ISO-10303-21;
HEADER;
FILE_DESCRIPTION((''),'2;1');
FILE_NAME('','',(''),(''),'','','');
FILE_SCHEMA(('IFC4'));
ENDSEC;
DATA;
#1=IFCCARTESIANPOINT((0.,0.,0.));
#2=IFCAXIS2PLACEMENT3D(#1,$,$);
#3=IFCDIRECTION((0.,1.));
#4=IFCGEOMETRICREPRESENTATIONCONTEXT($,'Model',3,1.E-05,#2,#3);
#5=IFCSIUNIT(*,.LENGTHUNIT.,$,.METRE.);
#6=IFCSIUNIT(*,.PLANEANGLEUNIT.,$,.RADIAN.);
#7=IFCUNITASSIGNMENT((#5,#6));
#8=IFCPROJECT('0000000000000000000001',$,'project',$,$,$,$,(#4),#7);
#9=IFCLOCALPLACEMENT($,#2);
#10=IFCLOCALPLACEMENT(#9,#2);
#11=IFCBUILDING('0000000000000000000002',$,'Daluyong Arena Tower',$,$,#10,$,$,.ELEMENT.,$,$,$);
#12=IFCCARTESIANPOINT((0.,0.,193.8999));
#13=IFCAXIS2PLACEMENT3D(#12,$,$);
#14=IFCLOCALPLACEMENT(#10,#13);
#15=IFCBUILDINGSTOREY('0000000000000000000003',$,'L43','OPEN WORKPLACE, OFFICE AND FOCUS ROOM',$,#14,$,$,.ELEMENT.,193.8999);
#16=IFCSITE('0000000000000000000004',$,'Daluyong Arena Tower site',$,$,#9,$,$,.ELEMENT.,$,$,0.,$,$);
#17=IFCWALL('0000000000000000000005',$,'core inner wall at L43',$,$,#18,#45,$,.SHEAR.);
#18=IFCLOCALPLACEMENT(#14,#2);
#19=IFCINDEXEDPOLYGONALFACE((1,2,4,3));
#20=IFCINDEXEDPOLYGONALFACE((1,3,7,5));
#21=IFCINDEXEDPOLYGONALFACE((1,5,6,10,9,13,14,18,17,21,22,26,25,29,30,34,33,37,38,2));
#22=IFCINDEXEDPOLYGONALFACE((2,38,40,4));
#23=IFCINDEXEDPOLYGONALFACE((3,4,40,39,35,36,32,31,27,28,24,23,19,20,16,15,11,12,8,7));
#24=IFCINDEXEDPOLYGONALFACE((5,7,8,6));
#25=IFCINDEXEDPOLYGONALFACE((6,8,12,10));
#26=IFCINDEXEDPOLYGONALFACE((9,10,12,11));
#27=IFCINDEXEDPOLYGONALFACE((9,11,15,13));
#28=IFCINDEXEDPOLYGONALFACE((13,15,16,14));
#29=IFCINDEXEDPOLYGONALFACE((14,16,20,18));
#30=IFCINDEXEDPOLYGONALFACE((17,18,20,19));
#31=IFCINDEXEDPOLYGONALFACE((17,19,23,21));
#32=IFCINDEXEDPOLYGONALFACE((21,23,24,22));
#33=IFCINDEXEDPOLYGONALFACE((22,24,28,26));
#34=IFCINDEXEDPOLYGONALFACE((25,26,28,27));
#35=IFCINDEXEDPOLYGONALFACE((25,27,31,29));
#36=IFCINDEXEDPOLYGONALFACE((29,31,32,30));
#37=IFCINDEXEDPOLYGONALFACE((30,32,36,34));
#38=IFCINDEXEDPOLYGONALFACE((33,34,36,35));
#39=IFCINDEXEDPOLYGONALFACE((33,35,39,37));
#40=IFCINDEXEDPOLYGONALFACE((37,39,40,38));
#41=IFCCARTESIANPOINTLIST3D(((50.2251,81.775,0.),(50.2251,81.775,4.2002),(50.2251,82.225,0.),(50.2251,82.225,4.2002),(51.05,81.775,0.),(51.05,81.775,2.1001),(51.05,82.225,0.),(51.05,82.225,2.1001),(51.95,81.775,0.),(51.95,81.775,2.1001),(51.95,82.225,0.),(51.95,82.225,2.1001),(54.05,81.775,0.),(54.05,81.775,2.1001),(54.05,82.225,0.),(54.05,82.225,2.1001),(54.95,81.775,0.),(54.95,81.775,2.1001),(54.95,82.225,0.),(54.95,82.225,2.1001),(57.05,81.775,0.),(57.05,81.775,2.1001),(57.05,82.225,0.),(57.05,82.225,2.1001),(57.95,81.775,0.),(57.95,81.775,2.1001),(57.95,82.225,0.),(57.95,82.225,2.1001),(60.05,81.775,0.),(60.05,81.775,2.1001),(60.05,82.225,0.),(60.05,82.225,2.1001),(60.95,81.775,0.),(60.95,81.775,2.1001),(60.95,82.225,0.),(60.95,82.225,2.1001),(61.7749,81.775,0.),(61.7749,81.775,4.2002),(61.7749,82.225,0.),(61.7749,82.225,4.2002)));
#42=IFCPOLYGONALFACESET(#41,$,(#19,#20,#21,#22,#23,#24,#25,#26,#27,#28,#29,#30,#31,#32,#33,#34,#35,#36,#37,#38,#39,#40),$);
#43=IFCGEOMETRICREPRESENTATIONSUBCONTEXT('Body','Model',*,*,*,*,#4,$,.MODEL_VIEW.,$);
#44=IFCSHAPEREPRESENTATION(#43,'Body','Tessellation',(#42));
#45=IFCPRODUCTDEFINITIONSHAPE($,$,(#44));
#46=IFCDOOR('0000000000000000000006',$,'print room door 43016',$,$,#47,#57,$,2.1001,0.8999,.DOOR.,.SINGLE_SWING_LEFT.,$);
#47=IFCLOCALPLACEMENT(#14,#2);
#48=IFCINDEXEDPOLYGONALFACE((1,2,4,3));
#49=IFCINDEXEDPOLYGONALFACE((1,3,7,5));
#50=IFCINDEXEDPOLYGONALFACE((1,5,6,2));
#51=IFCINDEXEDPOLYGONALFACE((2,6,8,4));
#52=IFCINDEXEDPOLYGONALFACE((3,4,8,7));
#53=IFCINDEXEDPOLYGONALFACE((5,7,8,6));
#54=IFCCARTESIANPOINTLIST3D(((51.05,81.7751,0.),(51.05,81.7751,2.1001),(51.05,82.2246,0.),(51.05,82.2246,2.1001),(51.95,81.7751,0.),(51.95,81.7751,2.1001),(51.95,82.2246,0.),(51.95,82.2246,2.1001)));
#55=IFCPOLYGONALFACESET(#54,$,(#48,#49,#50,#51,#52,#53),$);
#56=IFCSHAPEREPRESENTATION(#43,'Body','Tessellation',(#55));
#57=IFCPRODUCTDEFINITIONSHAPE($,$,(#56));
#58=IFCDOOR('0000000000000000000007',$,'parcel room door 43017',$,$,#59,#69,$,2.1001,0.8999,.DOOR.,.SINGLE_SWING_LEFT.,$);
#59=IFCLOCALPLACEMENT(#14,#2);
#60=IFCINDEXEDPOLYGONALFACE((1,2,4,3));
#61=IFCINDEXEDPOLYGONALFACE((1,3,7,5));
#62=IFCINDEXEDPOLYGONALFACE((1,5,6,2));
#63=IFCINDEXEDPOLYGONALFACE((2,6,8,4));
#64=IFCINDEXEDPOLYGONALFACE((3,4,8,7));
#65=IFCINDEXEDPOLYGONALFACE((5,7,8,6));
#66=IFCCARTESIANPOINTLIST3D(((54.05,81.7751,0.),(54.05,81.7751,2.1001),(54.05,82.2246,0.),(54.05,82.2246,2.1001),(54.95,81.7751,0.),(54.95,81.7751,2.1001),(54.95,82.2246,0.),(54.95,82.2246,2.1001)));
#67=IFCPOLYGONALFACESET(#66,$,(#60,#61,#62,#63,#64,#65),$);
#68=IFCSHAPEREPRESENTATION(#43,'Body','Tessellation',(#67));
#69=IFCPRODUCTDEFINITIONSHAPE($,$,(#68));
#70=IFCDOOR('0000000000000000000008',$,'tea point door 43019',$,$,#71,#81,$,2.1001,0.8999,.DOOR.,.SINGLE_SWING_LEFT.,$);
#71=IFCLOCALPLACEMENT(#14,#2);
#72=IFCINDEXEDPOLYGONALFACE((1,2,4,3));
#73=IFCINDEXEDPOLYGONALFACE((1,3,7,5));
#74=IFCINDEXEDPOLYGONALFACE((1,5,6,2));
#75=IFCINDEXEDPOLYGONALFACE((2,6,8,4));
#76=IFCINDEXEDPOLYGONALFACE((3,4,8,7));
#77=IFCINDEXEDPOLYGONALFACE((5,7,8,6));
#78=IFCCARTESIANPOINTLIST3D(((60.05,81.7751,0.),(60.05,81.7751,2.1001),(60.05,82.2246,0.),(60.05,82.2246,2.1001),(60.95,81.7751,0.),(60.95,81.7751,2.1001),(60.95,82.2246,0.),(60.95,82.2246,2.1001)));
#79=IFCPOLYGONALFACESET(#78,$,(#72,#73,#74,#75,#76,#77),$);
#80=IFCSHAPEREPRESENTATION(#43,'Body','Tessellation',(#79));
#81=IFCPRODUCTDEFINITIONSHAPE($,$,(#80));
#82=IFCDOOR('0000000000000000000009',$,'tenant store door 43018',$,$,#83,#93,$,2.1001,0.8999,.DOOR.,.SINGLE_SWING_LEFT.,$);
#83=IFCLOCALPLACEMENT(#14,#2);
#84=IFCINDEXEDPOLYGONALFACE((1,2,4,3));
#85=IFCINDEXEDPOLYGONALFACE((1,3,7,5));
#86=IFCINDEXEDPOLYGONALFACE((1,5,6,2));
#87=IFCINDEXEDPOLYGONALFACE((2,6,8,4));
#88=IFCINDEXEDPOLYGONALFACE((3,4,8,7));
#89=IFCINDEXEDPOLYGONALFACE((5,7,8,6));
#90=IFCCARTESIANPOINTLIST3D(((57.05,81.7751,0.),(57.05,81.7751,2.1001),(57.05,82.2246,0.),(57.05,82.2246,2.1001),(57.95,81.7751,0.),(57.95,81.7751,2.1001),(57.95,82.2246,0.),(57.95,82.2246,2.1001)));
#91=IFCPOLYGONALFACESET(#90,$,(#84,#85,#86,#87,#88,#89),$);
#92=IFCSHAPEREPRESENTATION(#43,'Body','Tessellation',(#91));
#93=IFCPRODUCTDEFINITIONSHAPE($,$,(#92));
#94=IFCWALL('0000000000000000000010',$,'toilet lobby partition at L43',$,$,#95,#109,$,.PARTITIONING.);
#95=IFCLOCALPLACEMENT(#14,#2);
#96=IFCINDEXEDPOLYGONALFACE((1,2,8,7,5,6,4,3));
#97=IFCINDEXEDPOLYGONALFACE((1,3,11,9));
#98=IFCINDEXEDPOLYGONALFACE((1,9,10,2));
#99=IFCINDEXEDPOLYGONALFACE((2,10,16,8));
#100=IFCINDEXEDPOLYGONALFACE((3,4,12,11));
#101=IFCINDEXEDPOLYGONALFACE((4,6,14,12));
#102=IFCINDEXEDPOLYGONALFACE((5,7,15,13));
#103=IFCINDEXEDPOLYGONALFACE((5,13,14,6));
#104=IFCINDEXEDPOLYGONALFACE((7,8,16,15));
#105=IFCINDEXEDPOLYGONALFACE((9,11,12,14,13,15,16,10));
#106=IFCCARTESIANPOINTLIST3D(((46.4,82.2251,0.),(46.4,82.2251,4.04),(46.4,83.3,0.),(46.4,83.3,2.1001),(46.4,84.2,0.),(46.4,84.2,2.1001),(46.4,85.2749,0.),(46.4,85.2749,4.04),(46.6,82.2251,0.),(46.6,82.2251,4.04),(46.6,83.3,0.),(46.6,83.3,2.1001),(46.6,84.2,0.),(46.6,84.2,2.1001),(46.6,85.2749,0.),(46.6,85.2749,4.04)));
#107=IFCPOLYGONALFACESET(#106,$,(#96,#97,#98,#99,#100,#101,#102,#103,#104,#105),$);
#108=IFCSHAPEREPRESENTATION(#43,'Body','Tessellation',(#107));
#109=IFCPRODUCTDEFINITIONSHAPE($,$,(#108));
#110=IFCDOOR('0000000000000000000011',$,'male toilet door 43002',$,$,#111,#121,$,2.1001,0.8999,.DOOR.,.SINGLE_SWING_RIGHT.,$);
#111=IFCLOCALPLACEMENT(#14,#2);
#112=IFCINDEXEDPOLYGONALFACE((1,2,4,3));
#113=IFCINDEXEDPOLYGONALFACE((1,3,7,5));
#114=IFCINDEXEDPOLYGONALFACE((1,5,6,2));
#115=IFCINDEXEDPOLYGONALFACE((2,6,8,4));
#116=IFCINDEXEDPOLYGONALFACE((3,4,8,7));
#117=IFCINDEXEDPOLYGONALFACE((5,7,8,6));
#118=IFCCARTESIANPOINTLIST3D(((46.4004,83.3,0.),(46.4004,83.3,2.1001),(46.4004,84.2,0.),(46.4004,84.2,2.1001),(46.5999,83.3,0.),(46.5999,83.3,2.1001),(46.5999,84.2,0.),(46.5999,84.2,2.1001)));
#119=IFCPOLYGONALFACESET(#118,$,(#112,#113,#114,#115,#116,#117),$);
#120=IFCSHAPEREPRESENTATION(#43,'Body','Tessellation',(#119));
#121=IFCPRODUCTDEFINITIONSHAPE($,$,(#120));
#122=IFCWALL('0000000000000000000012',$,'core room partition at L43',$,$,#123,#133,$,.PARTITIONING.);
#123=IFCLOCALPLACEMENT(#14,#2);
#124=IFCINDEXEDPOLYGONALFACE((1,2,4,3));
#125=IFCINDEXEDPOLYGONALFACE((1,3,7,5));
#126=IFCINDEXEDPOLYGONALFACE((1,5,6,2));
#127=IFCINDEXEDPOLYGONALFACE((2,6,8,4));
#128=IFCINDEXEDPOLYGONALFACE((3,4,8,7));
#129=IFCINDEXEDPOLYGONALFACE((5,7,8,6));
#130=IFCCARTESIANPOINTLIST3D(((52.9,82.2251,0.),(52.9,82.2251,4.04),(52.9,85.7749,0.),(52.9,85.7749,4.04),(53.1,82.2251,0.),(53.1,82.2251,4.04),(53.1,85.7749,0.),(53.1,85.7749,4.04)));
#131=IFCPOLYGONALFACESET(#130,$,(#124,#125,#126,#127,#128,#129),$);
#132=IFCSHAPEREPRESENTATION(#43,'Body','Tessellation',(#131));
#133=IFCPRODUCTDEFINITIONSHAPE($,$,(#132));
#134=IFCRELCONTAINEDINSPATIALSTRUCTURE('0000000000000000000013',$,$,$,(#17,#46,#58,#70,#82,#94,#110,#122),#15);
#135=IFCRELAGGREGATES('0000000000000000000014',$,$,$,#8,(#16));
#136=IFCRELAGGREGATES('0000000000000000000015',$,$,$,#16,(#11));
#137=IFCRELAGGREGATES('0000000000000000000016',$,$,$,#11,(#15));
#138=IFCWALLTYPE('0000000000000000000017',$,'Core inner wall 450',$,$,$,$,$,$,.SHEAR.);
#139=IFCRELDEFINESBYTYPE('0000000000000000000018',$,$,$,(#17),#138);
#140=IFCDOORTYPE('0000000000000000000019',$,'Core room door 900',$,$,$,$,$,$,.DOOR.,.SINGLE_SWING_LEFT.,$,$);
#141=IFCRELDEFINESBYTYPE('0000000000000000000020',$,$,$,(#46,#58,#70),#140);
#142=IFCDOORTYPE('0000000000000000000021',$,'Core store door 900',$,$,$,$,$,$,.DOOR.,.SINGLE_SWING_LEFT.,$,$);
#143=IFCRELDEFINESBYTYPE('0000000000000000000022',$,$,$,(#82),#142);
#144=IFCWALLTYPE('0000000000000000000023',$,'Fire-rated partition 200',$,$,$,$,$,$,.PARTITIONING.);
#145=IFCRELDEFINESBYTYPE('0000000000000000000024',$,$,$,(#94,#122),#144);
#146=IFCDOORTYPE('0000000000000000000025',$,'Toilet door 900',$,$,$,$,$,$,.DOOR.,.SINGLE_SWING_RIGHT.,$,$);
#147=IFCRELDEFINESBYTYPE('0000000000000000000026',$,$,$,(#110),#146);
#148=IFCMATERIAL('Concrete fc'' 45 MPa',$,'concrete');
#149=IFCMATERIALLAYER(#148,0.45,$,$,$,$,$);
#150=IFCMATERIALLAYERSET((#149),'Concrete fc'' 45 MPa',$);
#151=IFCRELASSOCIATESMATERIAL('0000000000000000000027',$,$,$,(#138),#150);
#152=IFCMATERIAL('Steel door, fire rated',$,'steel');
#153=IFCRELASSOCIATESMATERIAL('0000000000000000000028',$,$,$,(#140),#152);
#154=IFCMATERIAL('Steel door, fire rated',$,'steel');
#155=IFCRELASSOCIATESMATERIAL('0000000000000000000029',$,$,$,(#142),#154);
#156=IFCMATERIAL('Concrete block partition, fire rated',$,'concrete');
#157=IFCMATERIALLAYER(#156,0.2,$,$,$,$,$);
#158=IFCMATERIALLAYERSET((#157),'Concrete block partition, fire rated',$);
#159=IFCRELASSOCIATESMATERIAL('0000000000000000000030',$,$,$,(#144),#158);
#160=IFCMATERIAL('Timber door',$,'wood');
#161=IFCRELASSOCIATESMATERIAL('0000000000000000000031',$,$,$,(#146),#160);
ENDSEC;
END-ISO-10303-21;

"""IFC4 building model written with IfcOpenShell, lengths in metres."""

from ifc_helpers import new_model, si_unit, direction, frame, frame_2d, origin, place, context, subcontext, project, spatial, rectangle, extrude, material, layer, layer_set, type_object, element, fill, save


model = new_model("IFC4")

# Units and contexts
model_context = context("Model", 3, precision=1e-05, world=origin(), true_north=direction((0.0, 1.0)))
body_context = subcontext(model_context, "Body", "Model", "MODEL_VIEW")
ifc_project = project(units=[si_unit("LENGTHUNIT", "METRE"), si_unit("PLANEANGLEUNIT", "RADIAN")], contexts=[model_context])

# Site, building, storey
site_placement = place(None, origin())
site = spatial("IfcSite", under=ifc_project, at=site_placement, Name="Daluyong Arena Tower site", CompositionType="ELEMENT", RefElevation=0.0)
building_placement = place(site_placement, origin())
building = spatial("IfcBuilding", under=site, at=building_placement, Name="Daluyong Arena Tower", CompositionType="ELEMENT")
storey_placement = place(building_placement, frame((0.0, 0.0, 193.8999)))
storey = spatial("IfcBuildingStorey", under=building, at=storey_placement, Name="L43", Description="OPEN WORKPLACE, OFFICE AND FOCUS ROOM", CompositionType="ELEMENT", Elevation=193.8999)

# Wall, openings, doors
ifc_material_1 = material(Name="Concrete fc' 45 MPa", Category="concrete")
ifc_layer_1 = layer(ifc_material_1, 0.45)
ifc_layer_set_1 = layer_set([ifc_layer_1], Name="Concrete fc' 45 MPa")
wall_type_1 = type_object("IfcWallType", Name="Core inner wall 450", PredefinedType="SHEAR", material=ifc_layer_set_1)
ifc_material_2 = material(Name="Steel door, fire rated", Category="steel")
door_type_1 = type_object("IfcDoorType", Name="Core room door 900", OperationType="SINGLE_SWING_LEFT", PredefinedType="DOOR", material=ifc_material_2)
ifc_material_3 = material(Name="Steel door, fire rated", Category="steel")
door_type_2 = type_object("IfcDoorType", Name="Core store door 900", OperationType="SINGLE_SWING_LEFT", PredefinedType="DOOR", material=ifc_material_3)
wall_1_placement = place(storey_placement, frame((50.2251, 82.0, 0.0), z_axis=(0.0, 0.0, 1.0), x_axis=(1.0, 0.0, 0.0)))
wall_1 = element("IfcWall", 1, at=wall_1_placement, inside=storey, type_object=wall_type_1, Name="core inner wall at L43", PredefinedType="SHEAR", context=body_context, shape_type="SweptSolid", body=[
    extrude(rectangle(XDim=11.5498, YDim=0.45, at=frame_2d((5.7749, 0.0))), origin(), (0.0, 0.0, 1.0), 4.2002),
])
opening_1_placement = place(wall_1_placement, frame((0.825, 0.0, 0.0)))
opening_1 = element("IfcOpeningElement", 2, at=opening_1_placement, cuts=wall_1, PredefinedType="OPENING", context=body_context, shape_type="SweptSolid", body=[
    extrude(rectangle(XDim=0.8999, YDim=2.1001, at=frame_2d((0.45, 1.05))), frame((0.0, 0.2349, 0.0), z_axis=(0.0, -1.0, 0.0), x_axis=(1.0, 0.0, 0.0)), (0.0, 0.0, 1.0), 0.47),
])
opening_2_placement = place(wall_1_placement, frame((3.825, 0.0, 0.0)))
opening_2 = element("IfcOpeningElement", 3, at=opening_2_placement, cuts=wall_1, PredefinedType="OPENING", context=body_context, shape_type="SweptSolid", body=[
    extrude(rectangle(XDim=0.8999, YDim=2.1001, at=frame_2d((0.45, 1.05))), frame((0.0, 0.2349, 0.0), z_axis=(0.0, -1.0, 0.0), x_axis=(1.0, 0.0, 0.0)), (0.0, 0.0, 1.0), 0.47),
])
opening_3_placement = place(wall_1_placement, frame((6.825, 0.0, 0.0)))
opening_3 = element("IfcOpeningElement", 4, at=opening_3_placement, cuts=wall_1, PredefinedType="OPENING", context=body_context, shape_type="SweptSolid", body=[
    extrude(rectangle(XDim=0.8999, YDim=2.1001, at=frame_2d((0.45, 1.05))), frame((0.0, 0.2349, 0.0), z_axis=(0.0, -1.0, 0.0), x_axis=(1.0, 0.0, 0.0)), (0.0, 0.0, 1.0), 0.47),
])
opening_4_placement = place(wall_1_placement, frame((9.825, 0.0, 0.0)))
opening_4 = element("IfcOpeningElement", 5, at=opening_4_placement, cuts=wall_1, PredefinedType="OPENING", context=body_context, shape_type="SweptSolid", body=[
    extrude(rectangle(XDim=0.8999, YDim=2.1001, at=frame_2d((0.45, 1.05))), frame((0.0, 0.2349, 0.0), z_axis=(0.0, -1.0, 0.0), x_axis=(1.0, 0.0, 0.0)), (0.0, 0.0, 1.0), 0.47),
])
door_1_placement = place(opening_1_placement, origin())
door_1 = element("IfcDoor", 6, at=door_1_placement, inside=storey, type_object=door_type_1, Name="print room door 43016", OperationType="SINGLE_SWING_LEFT", OverallHeight=2.1001, OverallWidth=0.8999, PredefinedType="DOOR", context=body_context, shape_type="SweptSolid", body=[
    extrude(rectangle(XDim=0.8999, YDim=2.1001, at=frame_2d((0.45, 1.05))), frame((0.0, 0.2246, 0.0), z_axis=(0.0, -1.0, 0.0), x_axis=(1.0, 0.0, 0.0)), (0.0, 0.0, 1.0), 0.4495),
])
fill(opening_1, door_1)
door_2_placement = place(opening_2_placement, origin())
door_2 = element("IfcDoor", 7, at=door_2_placement, inside=storey, type_object=door_type_1, Name="parcel room door 43017", OperationType="SINGLE_SWING_LEFT", OverallHeight=2.1001, OverallWidth=0.8999, PredefinedType="DOOR", context=body_context, shape_type="SweptSolid", body=[
    extrude(rectangle(XDim=0.8999, YDim=2.1001, at=frame_2d((0.45, 1.05))), frame((0.0, 0.2246, 0.0), z_axis=(0.0, -1.0, 0.0), x_axis=(1.0, 0.0, 0.0)), (0.0, 0.0, 1.0), 0.4495),
])
fill(opening_2, door_2)
door_3_placement = place(opening_4_placement, origin())
door_3 = element("IfcDoor", 8, at=door_3_placement, inside=storey, type_object=door_type_1, Name="tea point door 43019", OperationType="SINGLE_SWING_LEFT", OverallHeight=2.1001, OverallWidth=0.8999, PredefinedType="DOOR", context=body_context, shape_type="SweptSolid", body=[
    extrude(rectangle(XDim=0.8999, YDim=2.1001, at=frame_2d((0.45, 1.05))), frame((0.0, 0.2246, 0.0), z_axis=(0.0, -1.0, 0.0), x_axis=(1.0, 0.0, 0.0)), (0.0, 0.0, 1.0), 0.4495),
])
fill(opening_4, door_3)
door_4_placement = place(opening_3_placement, origin())
door_4 = element("IfcDoor", 9, at=door_4_placement, inside=storey, type_object=door_type_2, Name="tenant store door 43018", OperationType="SINGLE_SWING_LEFT", OverallHeight=2.1001, OverallWidth=0.8999, PredefinedType="DOOR", context=body_context, shape_type="SweptSolid", body=[
    extrude(rectangle(XDim=0.8999, YDim=2.1001, at=frame_2d((0.45, 1.05))), frame((0.0, 0.2246, 0.0), z_axis=(0.0, -1.0, 0.0), x_axis=(1.0, 0.0, 0.0)), (0.0, 0.0, 1.0), 0.4495),
])
fill(opening_3, door_4)

# Wall, opening, door
ifc_material_4 = material(Name="Concrete block partition, fire rated", Category="concrete")
ifc_layer_2 = layer(ifc_material_4, 0.2)
ifc_layer_set_2 = layer_set([ifc_layer_2], Name="Concrete block partition, fire rated")
wall_type_2 = type_object("IfcWallType", Name="Fire-rated partition 200", PredefinedType="PARTITIONING", material=ifc_layer_set_2)
wall_2_placement = place(storey_placement, frame((46.5, 82.2251, 0.0), z_axis=(0.0, 0.0, 1.0), x_axis=(0.0, 1.0, 0.0)))
wall_2 = element("IfcWall", 10, at=wall_2_placement, inside=storey, type_object=wall_type_2, Name="toilet lobby partition at L43", PredefinedType="PARTITIONING", context=body_context, shape_type="SweptSolid", body=[
    extrude(rectangle(XDim=3.0498, YDim=0.2, at=frame_2d((1.5249, 0.0))), origin(), (0.0, 0.0, 1.0), 4.04),
])
opening_5_placement = place(wall_2_placement, frame((1.075, 0.0, 0.0)))
opening_5 = element("IfcOpeningElement", 11, at=opening_5_placement, cuts=wall_2, PredefinedType="OPENING", context=body_context, shape_type="SweptSolid", body=[
    extrude(rectangle(XDim=0.8999, YDim=2.1001, at=frame_2d((0.45, 1.05))), frame((0.0, 0.1099, 0.0), z_axis=(0.0, -1.0, 0.0), x_axis=(1.0, 0.0, 0.0)), (0.0, 0.0, 1.0), 0.22),
])
ifc_material_5 = material(Name="Timber door", Category="wood")
door_type_3 = type_object("IfcDoorType", Name="Toilet door 900", OperationType="SINGLE_SWING_RIGHT", PredefinedType="DOOR", material=ifc_material_5)
door_5_placement = place(opening_5_placement, origin())
door_5 = element("IfcDoor", 12, at=door_5_placement, inside=storey, type_object=door_type_3, Name="male toilet door 43002", OperationType="SINGLE_SWING_RIGHT", OverallHeight=2.1001, OverallWidth=0.8999, PredefinedType="DOOR", context=body_context, shape_type="SweptSolid", body=[
    extrude(rectangle(XDim=0.8999, YDim=2.1001, at=frame_2d((0.45, 1.05))), frame((0.0, 0.0996, 0.0), z_axis=(0.0, -1.0, 0.0), x_axis=(1.0, 0.0, 0.0)), (0.0, 0.0, 1.0), 0.1995),
])
fill(opening_5, door_5)

# Wall
wall_3_placement = place(storey_placement, frame((53.0, 82.2251, 0.0), z_axis=(0.0, 0.0, 1.0), x_axis=(0.0, 1.0, 0.0)))
element("IfcWall", 13, at=wall_3_placement, inside=storey, type_object=wall_type_2, Name="core room partition at L43", PredefinedType="PARTITIONING", context=body_context, shape_type="SweptSolid", body=[
    extrude(rectangle(XDim=3.5498, YDim=0.2, at=frame_2d((1.7749, 0.0))), origin(), (0.0, 0.0, 1.0), 4.04),
])

save(model, "model.ifc")
